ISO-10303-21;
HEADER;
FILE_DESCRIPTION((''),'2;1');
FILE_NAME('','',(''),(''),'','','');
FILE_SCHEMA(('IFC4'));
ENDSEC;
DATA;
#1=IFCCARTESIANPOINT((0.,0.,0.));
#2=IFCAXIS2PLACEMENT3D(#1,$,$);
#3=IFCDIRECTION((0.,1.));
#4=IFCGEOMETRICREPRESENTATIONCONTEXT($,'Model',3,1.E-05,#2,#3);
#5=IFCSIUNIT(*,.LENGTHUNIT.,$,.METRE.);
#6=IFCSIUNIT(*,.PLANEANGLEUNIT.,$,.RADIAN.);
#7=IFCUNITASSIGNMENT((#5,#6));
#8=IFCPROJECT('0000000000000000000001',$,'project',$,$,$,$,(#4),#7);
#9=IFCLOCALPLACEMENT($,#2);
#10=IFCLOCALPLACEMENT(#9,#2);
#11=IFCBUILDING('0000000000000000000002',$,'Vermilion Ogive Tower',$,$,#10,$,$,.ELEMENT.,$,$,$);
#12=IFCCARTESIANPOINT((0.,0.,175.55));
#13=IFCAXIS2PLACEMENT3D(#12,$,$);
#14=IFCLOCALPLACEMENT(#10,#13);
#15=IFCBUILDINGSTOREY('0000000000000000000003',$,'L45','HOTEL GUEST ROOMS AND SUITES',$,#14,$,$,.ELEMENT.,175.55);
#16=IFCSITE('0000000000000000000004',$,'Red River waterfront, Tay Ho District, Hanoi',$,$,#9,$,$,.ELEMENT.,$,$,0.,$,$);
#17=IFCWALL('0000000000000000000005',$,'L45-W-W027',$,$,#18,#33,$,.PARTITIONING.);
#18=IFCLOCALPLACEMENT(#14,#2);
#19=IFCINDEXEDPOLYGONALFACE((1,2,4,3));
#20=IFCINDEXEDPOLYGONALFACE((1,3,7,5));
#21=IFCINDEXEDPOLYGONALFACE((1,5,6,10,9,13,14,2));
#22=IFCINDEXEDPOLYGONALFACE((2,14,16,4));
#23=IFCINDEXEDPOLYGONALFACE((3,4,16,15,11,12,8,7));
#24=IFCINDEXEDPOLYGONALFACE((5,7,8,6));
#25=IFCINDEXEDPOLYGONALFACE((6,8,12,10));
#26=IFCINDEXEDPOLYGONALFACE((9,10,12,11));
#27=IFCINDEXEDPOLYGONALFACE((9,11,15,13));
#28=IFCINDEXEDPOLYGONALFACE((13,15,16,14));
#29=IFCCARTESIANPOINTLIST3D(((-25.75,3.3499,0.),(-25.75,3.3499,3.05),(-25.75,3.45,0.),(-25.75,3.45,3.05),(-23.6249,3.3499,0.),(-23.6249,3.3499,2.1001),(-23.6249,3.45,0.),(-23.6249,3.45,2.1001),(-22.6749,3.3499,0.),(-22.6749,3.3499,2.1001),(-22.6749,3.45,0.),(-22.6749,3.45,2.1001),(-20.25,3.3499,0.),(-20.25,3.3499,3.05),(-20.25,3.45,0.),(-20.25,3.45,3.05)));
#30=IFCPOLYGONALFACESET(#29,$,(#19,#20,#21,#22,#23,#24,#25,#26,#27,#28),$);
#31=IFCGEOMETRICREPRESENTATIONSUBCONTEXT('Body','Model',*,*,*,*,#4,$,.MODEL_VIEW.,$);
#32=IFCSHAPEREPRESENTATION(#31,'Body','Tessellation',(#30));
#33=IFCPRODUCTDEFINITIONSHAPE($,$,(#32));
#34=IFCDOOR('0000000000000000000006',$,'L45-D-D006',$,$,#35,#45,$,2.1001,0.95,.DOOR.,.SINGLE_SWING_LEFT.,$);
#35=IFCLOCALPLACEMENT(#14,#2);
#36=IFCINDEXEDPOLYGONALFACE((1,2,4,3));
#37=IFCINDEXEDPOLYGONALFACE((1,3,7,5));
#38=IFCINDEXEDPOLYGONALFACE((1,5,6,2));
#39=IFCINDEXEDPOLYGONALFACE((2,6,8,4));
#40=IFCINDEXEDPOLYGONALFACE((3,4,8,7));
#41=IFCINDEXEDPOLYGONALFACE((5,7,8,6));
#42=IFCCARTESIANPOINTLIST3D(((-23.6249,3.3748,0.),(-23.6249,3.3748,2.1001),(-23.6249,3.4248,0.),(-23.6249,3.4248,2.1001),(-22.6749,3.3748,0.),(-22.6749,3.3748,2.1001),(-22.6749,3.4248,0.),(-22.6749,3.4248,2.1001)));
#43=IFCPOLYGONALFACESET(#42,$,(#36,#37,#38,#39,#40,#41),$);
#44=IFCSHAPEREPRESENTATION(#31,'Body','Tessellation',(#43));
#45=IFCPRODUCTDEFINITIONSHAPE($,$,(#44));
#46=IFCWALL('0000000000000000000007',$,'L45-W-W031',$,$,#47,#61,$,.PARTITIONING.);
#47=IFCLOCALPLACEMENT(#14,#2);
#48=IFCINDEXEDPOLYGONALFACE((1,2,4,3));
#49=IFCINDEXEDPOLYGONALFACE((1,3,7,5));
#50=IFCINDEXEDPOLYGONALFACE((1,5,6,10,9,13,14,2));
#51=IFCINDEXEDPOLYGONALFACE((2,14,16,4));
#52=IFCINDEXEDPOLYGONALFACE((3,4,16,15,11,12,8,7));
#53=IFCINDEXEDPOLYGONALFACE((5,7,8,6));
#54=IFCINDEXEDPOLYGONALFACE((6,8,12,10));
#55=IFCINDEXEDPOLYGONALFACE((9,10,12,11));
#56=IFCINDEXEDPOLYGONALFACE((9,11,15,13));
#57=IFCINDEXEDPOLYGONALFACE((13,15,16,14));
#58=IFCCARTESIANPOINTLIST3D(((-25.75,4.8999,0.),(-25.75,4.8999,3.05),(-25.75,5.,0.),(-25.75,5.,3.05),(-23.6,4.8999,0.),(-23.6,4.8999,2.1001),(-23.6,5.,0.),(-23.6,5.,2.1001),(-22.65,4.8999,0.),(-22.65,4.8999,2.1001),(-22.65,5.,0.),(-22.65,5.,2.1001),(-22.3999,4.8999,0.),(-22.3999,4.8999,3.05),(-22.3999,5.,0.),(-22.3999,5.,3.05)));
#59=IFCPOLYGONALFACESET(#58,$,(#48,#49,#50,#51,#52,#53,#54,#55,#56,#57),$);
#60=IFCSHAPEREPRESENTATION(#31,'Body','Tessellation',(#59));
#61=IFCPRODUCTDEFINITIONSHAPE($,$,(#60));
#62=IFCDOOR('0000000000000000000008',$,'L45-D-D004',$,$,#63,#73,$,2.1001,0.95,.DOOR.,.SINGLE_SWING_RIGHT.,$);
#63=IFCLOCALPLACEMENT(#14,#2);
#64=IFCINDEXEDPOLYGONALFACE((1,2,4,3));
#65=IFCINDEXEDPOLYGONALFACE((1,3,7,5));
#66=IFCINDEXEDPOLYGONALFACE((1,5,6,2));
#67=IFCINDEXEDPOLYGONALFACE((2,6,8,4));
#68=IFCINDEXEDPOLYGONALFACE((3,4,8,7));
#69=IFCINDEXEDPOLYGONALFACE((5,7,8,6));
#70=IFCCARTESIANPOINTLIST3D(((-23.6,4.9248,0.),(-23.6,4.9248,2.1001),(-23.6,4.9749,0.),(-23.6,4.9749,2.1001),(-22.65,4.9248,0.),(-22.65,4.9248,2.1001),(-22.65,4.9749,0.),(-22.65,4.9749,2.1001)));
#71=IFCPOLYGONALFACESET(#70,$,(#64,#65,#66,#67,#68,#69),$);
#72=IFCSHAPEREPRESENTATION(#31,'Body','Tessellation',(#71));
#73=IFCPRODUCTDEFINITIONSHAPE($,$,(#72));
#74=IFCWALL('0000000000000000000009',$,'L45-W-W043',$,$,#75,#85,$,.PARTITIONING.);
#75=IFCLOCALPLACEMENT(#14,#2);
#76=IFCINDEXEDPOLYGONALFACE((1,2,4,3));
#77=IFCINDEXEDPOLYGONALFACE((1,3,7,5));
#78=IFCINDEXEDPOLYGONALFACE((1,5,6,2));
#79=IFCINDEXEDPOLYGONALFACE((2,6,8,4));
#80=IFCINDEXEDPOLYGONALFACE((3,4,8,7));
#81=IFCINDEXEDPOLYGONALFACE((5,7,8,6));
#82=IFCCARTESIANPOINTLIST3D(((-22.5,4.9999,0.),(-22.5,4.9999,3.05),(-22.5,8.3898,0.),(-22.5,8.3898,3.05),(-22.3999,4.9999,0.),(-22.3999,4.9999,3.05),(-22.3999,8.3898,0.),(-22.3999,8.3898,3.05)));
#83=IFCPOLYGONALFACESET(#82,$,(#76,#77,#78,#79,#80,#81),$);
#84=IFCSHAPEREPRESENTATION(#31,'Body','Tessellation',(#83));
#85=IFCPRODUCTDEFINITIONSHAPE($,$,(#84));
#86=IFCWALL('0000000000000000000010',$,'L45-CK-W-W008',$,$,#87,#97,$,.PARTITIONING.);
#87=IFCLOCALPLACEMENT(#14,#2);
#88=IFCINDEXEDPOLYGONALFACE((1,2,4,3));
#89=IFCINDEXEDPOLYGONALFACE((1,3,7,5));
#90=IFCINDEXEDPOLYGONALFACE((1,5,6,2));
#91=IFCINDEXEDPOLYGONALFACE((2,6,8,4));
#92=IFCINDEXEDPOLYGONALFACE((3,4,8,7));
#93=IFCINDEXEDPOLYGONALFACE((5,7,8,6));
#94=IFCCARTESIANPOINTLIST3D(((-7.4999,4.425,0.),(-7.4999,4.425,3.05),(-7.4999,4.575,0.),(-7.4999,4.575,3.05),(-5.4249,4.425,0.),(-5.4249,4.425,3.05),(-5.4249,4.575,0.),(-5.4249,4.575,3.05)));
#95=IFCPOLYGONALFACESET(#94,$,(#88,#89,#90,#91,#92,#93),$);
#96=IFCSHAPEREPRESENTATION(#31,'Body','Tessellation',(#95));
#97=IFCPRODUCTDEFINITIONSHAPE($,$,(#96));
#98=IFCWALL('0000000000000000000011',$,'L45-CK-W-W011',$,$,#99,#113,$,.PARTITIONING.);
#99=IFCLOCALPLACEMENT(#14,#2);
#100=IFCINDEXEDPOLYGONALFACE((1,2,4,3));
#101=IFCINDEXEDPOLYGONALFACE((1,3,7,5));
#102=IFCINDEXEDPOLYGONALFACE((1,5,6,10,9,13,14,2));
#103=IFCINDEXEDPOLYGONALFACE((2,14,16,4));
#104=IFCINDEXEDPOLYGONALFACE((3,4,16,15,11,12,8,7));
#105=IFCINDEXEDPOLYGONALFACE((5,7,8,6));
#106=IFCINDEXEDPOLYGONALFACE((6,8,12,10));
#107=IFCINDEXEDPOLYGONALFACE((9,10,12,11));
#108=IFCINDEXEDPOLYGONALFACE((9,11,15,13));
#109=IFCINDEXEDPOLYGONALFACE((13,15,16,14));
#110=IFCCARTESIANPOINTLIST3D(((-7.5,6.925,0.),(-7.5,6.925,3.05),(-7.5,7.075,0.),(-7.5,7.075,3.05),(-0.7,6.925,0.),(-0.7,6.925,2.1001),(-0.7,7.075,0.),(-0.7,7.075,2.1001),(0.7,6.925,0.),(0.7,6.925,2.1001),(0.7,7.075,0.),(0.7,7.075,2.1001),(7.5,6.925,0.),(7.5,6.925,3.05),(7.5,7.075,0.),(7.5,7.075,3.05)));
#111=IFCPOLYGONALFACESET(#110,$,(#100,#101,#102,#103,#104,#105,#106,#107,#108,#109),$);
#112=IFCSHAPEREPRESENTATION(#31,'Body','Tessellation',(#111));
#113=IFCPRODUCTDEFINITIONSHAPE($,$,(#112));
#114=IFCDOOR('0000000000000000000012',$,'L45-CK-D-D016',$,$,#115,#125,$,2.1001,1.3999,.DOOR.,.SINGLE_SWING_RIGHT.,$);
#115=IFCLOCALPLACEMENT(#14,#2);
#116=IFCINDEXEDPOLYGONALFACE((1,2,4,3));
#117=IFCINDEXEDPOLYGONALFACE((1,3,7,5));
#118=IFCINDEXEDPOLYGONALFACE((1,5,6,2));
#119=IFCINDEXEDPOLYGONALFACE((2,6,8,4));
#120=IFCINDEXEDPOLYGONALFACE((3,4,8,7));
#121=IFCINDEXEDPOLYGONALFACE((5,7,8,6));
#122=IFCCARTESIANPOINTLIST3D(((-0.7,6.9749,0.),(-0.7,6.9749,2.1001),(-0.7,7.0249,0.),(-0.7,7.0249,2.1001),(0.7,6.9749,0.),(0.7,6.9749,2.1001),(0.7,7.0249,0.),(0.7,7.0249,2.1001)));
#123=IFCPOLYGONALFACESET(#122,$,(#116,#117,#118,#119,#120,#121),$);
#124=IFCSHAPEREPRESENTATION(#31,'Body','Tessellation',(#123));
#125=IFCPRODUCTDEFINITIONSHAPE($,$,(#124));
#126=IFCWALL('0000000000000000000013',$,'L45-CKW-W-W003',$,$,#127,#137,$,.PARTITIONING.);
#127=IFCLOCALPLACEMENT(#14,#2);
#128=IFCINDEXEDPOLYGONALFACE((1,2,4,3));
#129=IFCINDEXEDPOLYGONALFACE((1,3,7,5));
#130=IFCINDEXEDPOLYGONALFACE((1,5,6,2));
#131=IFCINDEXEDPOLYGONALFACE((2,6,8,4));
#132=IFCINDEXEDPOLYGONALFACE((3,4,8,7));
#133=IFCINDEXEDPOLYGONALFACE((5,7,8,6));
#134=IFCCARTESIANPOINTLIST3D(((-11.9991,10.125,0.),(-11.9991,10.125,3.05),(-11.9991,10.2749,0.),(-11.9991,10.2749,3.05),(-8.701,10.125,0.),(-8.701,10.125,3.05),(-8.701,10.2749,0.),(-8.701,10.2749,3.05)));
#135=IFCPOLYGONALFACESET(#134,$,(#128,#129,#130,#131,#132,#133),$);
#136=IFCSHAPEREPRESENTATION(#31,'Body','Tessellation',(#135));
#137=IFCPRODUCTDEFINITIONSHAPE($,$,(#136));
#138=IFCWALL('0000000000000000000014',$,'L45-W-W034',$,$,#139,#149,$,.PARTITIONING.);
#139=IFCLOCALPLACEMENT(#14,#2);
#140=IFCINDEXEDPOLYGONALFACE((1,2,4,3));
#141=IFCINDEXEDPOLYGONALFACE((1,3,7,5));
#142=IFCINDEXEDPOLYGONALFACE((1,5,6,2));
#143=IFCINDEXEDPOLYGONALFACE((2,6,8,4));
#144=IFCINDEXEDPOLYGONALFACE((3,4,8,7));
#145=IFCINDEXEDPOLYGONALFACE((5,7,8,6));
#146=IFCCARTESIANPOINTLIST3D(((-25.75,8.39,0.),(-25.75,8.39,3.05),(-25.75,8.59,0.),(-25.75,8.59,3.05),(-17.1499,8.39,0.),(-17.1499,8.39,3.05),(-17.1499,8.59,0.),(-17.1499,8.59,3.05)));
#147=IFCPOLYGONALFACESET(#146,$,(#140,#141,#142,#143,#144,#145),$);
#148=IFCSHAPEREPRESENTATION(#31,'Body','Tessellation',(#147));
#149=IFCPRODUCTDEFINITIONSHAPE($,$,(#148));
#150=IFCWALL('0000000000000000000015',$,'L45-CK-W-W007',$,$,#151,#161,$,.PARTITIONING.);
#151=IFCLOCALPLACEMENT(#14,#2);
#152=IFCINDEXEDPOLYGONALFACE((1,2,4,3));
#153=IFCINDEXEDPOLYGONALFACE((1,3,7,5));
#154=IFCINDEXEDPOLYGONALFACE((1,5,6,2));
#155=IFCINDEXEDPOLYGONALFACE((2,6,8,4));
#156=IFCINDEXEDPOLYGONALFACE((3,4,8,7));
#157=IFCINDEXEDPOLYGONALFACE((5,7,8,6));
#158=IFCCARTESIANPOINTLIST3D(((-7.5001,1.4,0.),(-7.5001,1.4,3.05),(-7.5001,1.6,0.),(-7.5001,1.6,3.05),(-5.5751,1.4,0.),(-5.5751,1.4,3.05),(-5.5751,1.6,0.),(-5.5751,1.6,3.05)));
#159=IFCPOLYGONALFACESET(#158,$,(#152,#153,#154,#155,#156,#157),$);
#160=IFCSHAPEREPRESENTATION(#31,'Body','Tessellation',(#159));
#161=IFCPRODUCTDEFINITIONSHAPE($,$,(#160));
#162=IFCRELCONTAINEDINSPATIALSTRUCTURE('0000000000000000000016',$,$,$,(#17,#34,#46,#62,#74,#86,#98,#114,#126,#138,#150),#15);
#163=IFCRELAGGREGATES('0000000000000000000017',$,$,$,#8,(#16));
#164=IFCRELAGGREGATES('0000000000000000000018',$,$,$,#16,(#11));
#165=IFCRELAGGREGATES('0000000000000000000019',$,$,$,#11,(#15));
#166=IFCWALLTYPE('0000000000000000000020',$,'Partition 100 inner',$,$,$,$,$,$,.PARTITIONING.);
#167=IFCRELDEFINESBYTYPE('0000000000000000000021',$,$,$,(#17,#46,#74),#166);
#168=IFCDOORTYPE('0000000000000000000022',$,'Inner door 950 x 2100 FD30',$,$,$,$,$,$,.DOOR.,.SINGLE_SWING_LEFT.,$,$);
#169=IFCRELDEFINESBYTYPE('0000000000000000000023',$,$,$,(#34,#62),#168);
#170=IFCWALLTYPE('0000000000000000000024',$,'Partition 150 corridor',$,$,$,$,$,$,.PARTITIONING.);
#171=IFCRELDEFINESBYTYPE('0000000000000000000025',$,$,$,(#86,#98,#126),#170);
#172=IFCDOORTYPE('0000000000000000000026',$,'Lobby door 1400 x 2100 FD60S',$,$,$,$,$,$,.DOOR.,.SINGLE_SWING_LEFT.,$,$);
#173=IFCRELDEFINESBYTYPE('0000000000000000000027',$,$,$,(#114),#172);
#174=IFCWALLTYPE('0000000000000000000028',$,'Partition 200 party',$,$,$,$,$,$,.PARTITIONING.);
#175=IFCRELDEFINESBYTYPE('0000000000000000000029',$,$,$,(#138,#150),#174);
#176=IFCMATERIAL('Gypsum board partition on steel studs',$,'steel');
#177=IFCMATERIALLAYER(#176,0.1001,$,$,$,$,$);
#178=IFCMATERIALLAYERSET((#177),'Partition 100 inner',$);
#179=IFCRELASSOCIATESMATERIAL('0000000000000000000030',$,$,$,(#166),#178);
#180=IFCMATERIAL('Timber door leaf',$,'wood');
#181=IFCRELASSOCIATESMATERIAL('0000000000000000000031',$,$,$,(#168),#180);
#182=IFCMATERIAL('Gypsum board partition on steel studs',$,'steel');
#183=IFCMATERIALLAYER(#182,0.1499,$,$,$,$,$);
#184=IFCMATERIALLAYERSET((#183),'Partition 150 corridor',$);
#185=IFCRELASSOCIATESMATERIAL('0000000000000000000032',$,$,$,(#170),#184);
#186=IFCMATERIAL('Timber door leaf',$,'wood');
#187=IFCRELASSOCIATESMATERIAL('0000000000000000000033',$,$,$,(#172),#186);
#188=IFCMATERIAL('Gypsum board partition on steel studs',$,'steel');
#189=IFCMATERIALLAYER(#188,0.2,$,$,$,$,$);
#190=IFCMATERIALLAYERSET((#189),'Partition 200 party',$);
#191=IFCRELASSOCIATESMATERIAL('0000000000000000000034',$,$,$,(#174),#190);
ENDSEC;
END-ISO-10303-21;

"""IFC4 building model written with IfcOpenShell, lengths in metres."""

from ifc_helpers import new_model, si_unit, direction, frame, frame_2d, origin, place, context, subcontext, project, spatial, rectangle, extrude, material, layer, layer_set, type_object, element, fill, save


model = new_model("IFC4")

# Units and contexts
model_context = context("Model", 3, precision=1e-05, world=origin(), true_north=direction((0.0, 1.0)))
body_context = subcontext(model_context, "Body", "Model", "MODEL_VIEW")
ifc_project = project(units=[si_unit("LENGTHUNIT", "METRE"), si_unit("PLANEANGLEUNIT", "RADIAN")], contexts=[model_context])

# Site, building, storey
site_placement = place(None, origin())
site = spatial("IfcSite", under=ifc_project, at=site_placement, Name="Red River waterfront, Tay Ho District, Hanoi", CompositionType="ELEMENT", RefElevation=0.0)
building_placement = place(site_placement, origin())
building = spatial("IfcBuilding", under=site, at=building_placement, Name="Vermilion Ogive Tower", CompositionType="ELEMENT")
storey_placement = place(building_placement, frame((0.0, 0.0, 175.55)))
storey = spatial("IfcBuildingStorey", under=building, at=storey_placement, Name="L45", Description="HOTEL GUEST ROOMS AND SUITES", CompositionType="ELEMENT", Elevation=175.55)

# Walls, openings, doors
ifc_material_1 = material(Name="Gypsum board partition on steel studs", Category="steel")
ifc_layer_1 = layer(ifc_material_1, 0.1001)
ifc_layer_set_1 = layer_set([ifc_layer_1], Name="Partition 100 inner")
wall_type_1 = type_object("IfcWallType", Name="Partition 100 inner", PredefinedType="PARTITIONING", material=ifc_layer_set_1)
wall_1_placement = place(storey_placement, frame((-25.75, 3.3999, 0.0), z_axis=(0.0, 0.0, 1.0), x_axis=(1.0, 0.0, 0.0)))
wall_1 = element("IfcWall", 1, at=wall_1_placement, inside=storey, type_object=wall_type_1, Name="L45-W-W027", PredefinedType="PARTITIONING", context=body_context, shape_type="SweptSolid", body=[
    extrude(rectangle(XDim=5.5, YDim=0.1001, at=frame_2d((2.75, 0.0))), origin(), (0.0, 0.0, 1.0), 3.05),
])
opening_1_placement = place(wall_1_placement, frame((2.125, 0.0, 0.0)))
opening_1 = element("IfcOpeningElement", 2, at=opening_1_placement, cuts=wall_1, PredefinedType="OPENING", context=body_context, shape_type="SweptSolid", body=[
    extrude(rectangle(XDim=0.95, YDim=2.1001, at=frame_2d((0.4751, 1.05))), frame((0.0, 0.0601, 0.0), z_axis=(0.0, -1.0, 0.0), x_axis=(1.0, 0.0, 0.0)), (0.0, 0.0, 1.0), 0.1201),
])
ifc_material_2 = material(Name="Timber door leaf", Category="wood")
door_type_1 = type_object("IfcDoorType", Name="Inner door 950 x 2100 FD30", OperationType="SINGLE_SWING_LEFT", PredefinedType="DOOR", material=ifc_material_2)
door_1_placement = place(opening_1_placement, origin())
door_1 = element("IfcDoor", 3, at=door_1_placement, inside=storey, type_object=door_type_1, Name="L45-D-D006", OperationType="SINGLE_SWING_LEFT", OverallHeight=2.1001, OverallWidth=0.95, PredefinedType="DOOR", context=body_context, shape_type="SweptSolid", body=[
    extrude(rectangle(XDim=0.95, YDim=2.1001, at=frame_2d((0.4751, 1.05))), frame((0.0, 0.0249, 0.0), z_axis=(0.0, -1.0, 0.0), x_axis=(1.0, 0.0, 0.0)), (0.0, 0.0, 1.0), 0.05),
])
fill(opening_1, door_1)
wall_2_placement = place(storey_placement, frame((-25.75, 4.95, 0.0), z_axis=(0.0, 0.0, 1.0), x_axis=(1.0, 0.0, 0.0)))
wall_2 = element("IfcWall", 4, at=wall_2_placement, inside=storey, type_object=wall_type_1, Name="L45-W-W031", PredefinedType="PARTITIONING", context=body_context, shape_type="SweptSolid", body=[
    extrude(rectangle(XDim=3.3501, YDim=0.1001, at=frame_2d((1.675, 0.0))), origin(), (0.0, 0.0, 1.0), 3.05),
])
opening_2_placement = place(wall_2_placement, frame((2.1499, 0.0, 0.0)))
opening_2 = element("IfcOpeningElement", 5, at=opening_2_placement, cuts=wall_2, PredefinedType="OPENING", context=body_context, shape_type="SweptSolid", body=[
    extrude(rectangle(XDim=0.95, YDim=2.1001, at=frame_2d((0.4751, 1.05))), frame((0.0, 0.0601, 0.0), z_axis=(0.0, -1.0, 0.0), x_axis=(1.0, 0.0, 0.0)), (0.0, 0.0, 1.0), 0.1201),
])
door_2_placement = place(opening_2_placement, origin())
door_2 = element("IfcDoor", 6, at=door_2_placement, inside=storey, type_object=door_type_1, Name="L45-D-D004", OperationType="SINGLE_SWING_RIGHT", OverallHeight=2.1001, OverallWidth=0.95, PredefinedType="DOOR", context=body_context, shape_type="SweptSolid", body=[
    extrude(rectangle(XDim=0.95, YDim=2.1001, at=frame_2d((0.4751, 1.05))), frame((0.0, 0.0249, 0.0), z_axis=(0.0, -1.0, 0.0), x_axis=(1.0, 0.0, 0.0)), (0.0, 0.0, 1.0), 0.05),
])
fill(opening_2, door_2)

# Walls
wall_3_placement = place(storey_placement, frame((-22.45, 5.0, 0.0), z_axis=(0.0, 0.0, 1.0), x_axis=(0.0, 1.0, 0.0)))
element("IfcWall", 7, at=wall_3_placement, inside=storey, type_object=wall_type_1, Name="L45-W-W043", PredefinedType="PARTITIONING", context=body_context, shape_type="SweptSolid", body=[
    extrude(rectangle(XDim=3.3899, YDim=0.1001, at=frame_2d((1.6948, 0.0))), origin(), (0.0, 0.0, 1.0), 3.05),
])
ifc_material_3 = material(Name="Gypsum board partition on steel studs", Category="steel")
ifc_layer_2 = layer(ifc_material_3, 0.1499)
ifc_layer_set_2 = layer_set([ifc_layer_2], Name="Partition 150 corridor")
wall_type_2 = type_object("IfcWallType", Name="Partition 150 corridor", PredefinedType="PARTITIONING", material=ifc_layer_set_2)
wall_4_placement = place(storey_placement, frame((-7.5, 4.5, 0.0), z_axis=(0.0, 0.0, 1.0), x_axis=(1.0, 0.0, 0.0)))
element("IfcWall", 8, at=wall_4_placement, inside=storey, type_object=wall_type_2, Name="L45-CK-W-W008", PredefinedType="PARTITIONING", context=body_context, shape_type="SweptSolid", body=[
    extrude(rectangle(XDim=2.075, YDim=0.1499, at=frame_2d((1.0376, 0.0))), origin(), (0.0, 0.0, 1.0), 3.05),
])

# Wall, opening, door
wall_5_placement = place(storey_placement, frame((-7.5, 7.0, 0.0), z_axis=(0.0, 0.0, 1.0), x_axis=(1.0, 0.0, 0.0)))
wall_5 = element("IfcWall", 9, at=wall_5_placement, inside=storey, type_object=wall_type_2, Name="L45-CK-W-W011", PredefinedType="PARTITIONING", context=body_context, shape_type="SweptSolid", body=[
    extrude(rectangle(XDim=15.0, YDim=0.1499, at=frame_2d((7.5, 0.0))), origin(), (0.0, 0.0, 1.0), 3.05),
])
opening_3_placement = place(wall_5_placement, frame((6.8, 0.0, 0.0)))
opening_3 = element("IfcOpeningElement", 10, at=opening_3_placement, cuts=wall_5, PredefinedType="OPENING", context=body_context, shape_type="SweptSolid", body=[
    extrude(rectangle(XDim=1.3999, YDim=2.1001, at=frame_2d((0.7, 1.05))), frame((0.0, 0.085, 0.0), z_axis=(0.0, -1.0, 0.0), x_axis=(1.0, 0.0, 0.0)), (0.0, 0.0, 1.0), 0.1699),
])
ifc_material_4 = material(Name="Timber door leaf", Category="wood")
door_type_2 = type_object("IfcDoorType", Name="Lobby door 1400 x 2100 FD60S", OperationType="SINGLE_SWING_LEFT", PredefinedType="DOOR", material=ifc_material_4)
door_3_placement = place(opening_3_placement, origin())
door_3 = element("IfcDoor", 11, at=door_3_placement, inside=storey, type_object=door_type_2, Name="L45-CK-D-D016", OperationType="SINGLE_SWING_RIGHT", OverallHeight=2.1001, OverallWidth=1.3999, PredefinedType="DOOR", context=body_context, shape_type="SweptSolid", body=[
    extrude(rectangle(XDim=1.3999, YDim=2.1001, at=frame_2d((0.7, 1.05))), frame((0.0, 0.0249, 0.0), z_axis=(0.0, -1.0, 0.0), x_axis=(1.0, 0.0, 0.0)), (0.0, 0.0, 1.0), 0.05),
])
fill(opening_3, door_3)

# Walls
wall_6_placement = place(storey_placement, frame((-11.999, 10.2, 0.0), z_axis=(0.0, 0.0, 1.0), x_axis=(1.0, 0.0, 0.0)))
element("IfcWall", 12, at=wall_6_placement, inside=storey, type_object=wall_type_2, Name="L45-CKW-W-W003", PredefinedType="PARTITIONING", context=body_context, shape_type="SweptSolid", body=[
    extrude(rectangle(XDim=3.2981, YDim=0.1499, at=frame_2d((1.6489, 0.0))), origin(), (0.0, 0.0, 1.0), 3.05),
])
ifc_material_5 = material(Name="Gypsum board partition on steel studs", Category="steel")
ifc_layer_3 = layer(ifc_material_5, 0.2)
ifc_layer_set_3 = layer_set([ifc_layer_3], Name="Partition 200 party")
wall_type_3 = type_object("IfcWallType", Name="Partition 200 party", PredefinedType="PARTITIONING", material=ifc_layer_set_3)
wall_7_placement = place(storey_placement, frame((-25.75, 8.49, 0.0), z_axis=(0.0, 0.0, 1.0), x_axis=(1.0, 0.0, 0.0)))
element("IfcWall", 13, at=wall_7_placement, inside=storey, type_object=wall_type_3, Name="L45-W-W034", PredefinedType="PARTITIONING", context=body_context, shape_type="SweptSolid", body=[
    extrude(rectangle(XDim=8.6001, YDim=0.2, at=frame_2d((4.3, 0.0))), origin(), (0.0, 0.0, 1.0), 3.05),
])
wall_8_placement = place(storey_placement, frame((-7.5, 1.5, 0.0), z_axis=(0.0, 0.0, 1.0), x_axis=(1.0, 0.0, 0.0)))
element("IfcWall", 14, at=wall_8_placement, inside=storey, type_object=wall_type_3, Name="L45-CK-W-W007", PredefinedType="PARTITIONING", context=body_context, shape_type="SweptSolid", body=[
    extrude(rectangle(XDim=1.925, YDim=0.2, at=frame_2d((0.9624, 0.0))), origin(), (0.0, 0.0, 1.0), 3.05),
])

save(model, "model.ifc")
